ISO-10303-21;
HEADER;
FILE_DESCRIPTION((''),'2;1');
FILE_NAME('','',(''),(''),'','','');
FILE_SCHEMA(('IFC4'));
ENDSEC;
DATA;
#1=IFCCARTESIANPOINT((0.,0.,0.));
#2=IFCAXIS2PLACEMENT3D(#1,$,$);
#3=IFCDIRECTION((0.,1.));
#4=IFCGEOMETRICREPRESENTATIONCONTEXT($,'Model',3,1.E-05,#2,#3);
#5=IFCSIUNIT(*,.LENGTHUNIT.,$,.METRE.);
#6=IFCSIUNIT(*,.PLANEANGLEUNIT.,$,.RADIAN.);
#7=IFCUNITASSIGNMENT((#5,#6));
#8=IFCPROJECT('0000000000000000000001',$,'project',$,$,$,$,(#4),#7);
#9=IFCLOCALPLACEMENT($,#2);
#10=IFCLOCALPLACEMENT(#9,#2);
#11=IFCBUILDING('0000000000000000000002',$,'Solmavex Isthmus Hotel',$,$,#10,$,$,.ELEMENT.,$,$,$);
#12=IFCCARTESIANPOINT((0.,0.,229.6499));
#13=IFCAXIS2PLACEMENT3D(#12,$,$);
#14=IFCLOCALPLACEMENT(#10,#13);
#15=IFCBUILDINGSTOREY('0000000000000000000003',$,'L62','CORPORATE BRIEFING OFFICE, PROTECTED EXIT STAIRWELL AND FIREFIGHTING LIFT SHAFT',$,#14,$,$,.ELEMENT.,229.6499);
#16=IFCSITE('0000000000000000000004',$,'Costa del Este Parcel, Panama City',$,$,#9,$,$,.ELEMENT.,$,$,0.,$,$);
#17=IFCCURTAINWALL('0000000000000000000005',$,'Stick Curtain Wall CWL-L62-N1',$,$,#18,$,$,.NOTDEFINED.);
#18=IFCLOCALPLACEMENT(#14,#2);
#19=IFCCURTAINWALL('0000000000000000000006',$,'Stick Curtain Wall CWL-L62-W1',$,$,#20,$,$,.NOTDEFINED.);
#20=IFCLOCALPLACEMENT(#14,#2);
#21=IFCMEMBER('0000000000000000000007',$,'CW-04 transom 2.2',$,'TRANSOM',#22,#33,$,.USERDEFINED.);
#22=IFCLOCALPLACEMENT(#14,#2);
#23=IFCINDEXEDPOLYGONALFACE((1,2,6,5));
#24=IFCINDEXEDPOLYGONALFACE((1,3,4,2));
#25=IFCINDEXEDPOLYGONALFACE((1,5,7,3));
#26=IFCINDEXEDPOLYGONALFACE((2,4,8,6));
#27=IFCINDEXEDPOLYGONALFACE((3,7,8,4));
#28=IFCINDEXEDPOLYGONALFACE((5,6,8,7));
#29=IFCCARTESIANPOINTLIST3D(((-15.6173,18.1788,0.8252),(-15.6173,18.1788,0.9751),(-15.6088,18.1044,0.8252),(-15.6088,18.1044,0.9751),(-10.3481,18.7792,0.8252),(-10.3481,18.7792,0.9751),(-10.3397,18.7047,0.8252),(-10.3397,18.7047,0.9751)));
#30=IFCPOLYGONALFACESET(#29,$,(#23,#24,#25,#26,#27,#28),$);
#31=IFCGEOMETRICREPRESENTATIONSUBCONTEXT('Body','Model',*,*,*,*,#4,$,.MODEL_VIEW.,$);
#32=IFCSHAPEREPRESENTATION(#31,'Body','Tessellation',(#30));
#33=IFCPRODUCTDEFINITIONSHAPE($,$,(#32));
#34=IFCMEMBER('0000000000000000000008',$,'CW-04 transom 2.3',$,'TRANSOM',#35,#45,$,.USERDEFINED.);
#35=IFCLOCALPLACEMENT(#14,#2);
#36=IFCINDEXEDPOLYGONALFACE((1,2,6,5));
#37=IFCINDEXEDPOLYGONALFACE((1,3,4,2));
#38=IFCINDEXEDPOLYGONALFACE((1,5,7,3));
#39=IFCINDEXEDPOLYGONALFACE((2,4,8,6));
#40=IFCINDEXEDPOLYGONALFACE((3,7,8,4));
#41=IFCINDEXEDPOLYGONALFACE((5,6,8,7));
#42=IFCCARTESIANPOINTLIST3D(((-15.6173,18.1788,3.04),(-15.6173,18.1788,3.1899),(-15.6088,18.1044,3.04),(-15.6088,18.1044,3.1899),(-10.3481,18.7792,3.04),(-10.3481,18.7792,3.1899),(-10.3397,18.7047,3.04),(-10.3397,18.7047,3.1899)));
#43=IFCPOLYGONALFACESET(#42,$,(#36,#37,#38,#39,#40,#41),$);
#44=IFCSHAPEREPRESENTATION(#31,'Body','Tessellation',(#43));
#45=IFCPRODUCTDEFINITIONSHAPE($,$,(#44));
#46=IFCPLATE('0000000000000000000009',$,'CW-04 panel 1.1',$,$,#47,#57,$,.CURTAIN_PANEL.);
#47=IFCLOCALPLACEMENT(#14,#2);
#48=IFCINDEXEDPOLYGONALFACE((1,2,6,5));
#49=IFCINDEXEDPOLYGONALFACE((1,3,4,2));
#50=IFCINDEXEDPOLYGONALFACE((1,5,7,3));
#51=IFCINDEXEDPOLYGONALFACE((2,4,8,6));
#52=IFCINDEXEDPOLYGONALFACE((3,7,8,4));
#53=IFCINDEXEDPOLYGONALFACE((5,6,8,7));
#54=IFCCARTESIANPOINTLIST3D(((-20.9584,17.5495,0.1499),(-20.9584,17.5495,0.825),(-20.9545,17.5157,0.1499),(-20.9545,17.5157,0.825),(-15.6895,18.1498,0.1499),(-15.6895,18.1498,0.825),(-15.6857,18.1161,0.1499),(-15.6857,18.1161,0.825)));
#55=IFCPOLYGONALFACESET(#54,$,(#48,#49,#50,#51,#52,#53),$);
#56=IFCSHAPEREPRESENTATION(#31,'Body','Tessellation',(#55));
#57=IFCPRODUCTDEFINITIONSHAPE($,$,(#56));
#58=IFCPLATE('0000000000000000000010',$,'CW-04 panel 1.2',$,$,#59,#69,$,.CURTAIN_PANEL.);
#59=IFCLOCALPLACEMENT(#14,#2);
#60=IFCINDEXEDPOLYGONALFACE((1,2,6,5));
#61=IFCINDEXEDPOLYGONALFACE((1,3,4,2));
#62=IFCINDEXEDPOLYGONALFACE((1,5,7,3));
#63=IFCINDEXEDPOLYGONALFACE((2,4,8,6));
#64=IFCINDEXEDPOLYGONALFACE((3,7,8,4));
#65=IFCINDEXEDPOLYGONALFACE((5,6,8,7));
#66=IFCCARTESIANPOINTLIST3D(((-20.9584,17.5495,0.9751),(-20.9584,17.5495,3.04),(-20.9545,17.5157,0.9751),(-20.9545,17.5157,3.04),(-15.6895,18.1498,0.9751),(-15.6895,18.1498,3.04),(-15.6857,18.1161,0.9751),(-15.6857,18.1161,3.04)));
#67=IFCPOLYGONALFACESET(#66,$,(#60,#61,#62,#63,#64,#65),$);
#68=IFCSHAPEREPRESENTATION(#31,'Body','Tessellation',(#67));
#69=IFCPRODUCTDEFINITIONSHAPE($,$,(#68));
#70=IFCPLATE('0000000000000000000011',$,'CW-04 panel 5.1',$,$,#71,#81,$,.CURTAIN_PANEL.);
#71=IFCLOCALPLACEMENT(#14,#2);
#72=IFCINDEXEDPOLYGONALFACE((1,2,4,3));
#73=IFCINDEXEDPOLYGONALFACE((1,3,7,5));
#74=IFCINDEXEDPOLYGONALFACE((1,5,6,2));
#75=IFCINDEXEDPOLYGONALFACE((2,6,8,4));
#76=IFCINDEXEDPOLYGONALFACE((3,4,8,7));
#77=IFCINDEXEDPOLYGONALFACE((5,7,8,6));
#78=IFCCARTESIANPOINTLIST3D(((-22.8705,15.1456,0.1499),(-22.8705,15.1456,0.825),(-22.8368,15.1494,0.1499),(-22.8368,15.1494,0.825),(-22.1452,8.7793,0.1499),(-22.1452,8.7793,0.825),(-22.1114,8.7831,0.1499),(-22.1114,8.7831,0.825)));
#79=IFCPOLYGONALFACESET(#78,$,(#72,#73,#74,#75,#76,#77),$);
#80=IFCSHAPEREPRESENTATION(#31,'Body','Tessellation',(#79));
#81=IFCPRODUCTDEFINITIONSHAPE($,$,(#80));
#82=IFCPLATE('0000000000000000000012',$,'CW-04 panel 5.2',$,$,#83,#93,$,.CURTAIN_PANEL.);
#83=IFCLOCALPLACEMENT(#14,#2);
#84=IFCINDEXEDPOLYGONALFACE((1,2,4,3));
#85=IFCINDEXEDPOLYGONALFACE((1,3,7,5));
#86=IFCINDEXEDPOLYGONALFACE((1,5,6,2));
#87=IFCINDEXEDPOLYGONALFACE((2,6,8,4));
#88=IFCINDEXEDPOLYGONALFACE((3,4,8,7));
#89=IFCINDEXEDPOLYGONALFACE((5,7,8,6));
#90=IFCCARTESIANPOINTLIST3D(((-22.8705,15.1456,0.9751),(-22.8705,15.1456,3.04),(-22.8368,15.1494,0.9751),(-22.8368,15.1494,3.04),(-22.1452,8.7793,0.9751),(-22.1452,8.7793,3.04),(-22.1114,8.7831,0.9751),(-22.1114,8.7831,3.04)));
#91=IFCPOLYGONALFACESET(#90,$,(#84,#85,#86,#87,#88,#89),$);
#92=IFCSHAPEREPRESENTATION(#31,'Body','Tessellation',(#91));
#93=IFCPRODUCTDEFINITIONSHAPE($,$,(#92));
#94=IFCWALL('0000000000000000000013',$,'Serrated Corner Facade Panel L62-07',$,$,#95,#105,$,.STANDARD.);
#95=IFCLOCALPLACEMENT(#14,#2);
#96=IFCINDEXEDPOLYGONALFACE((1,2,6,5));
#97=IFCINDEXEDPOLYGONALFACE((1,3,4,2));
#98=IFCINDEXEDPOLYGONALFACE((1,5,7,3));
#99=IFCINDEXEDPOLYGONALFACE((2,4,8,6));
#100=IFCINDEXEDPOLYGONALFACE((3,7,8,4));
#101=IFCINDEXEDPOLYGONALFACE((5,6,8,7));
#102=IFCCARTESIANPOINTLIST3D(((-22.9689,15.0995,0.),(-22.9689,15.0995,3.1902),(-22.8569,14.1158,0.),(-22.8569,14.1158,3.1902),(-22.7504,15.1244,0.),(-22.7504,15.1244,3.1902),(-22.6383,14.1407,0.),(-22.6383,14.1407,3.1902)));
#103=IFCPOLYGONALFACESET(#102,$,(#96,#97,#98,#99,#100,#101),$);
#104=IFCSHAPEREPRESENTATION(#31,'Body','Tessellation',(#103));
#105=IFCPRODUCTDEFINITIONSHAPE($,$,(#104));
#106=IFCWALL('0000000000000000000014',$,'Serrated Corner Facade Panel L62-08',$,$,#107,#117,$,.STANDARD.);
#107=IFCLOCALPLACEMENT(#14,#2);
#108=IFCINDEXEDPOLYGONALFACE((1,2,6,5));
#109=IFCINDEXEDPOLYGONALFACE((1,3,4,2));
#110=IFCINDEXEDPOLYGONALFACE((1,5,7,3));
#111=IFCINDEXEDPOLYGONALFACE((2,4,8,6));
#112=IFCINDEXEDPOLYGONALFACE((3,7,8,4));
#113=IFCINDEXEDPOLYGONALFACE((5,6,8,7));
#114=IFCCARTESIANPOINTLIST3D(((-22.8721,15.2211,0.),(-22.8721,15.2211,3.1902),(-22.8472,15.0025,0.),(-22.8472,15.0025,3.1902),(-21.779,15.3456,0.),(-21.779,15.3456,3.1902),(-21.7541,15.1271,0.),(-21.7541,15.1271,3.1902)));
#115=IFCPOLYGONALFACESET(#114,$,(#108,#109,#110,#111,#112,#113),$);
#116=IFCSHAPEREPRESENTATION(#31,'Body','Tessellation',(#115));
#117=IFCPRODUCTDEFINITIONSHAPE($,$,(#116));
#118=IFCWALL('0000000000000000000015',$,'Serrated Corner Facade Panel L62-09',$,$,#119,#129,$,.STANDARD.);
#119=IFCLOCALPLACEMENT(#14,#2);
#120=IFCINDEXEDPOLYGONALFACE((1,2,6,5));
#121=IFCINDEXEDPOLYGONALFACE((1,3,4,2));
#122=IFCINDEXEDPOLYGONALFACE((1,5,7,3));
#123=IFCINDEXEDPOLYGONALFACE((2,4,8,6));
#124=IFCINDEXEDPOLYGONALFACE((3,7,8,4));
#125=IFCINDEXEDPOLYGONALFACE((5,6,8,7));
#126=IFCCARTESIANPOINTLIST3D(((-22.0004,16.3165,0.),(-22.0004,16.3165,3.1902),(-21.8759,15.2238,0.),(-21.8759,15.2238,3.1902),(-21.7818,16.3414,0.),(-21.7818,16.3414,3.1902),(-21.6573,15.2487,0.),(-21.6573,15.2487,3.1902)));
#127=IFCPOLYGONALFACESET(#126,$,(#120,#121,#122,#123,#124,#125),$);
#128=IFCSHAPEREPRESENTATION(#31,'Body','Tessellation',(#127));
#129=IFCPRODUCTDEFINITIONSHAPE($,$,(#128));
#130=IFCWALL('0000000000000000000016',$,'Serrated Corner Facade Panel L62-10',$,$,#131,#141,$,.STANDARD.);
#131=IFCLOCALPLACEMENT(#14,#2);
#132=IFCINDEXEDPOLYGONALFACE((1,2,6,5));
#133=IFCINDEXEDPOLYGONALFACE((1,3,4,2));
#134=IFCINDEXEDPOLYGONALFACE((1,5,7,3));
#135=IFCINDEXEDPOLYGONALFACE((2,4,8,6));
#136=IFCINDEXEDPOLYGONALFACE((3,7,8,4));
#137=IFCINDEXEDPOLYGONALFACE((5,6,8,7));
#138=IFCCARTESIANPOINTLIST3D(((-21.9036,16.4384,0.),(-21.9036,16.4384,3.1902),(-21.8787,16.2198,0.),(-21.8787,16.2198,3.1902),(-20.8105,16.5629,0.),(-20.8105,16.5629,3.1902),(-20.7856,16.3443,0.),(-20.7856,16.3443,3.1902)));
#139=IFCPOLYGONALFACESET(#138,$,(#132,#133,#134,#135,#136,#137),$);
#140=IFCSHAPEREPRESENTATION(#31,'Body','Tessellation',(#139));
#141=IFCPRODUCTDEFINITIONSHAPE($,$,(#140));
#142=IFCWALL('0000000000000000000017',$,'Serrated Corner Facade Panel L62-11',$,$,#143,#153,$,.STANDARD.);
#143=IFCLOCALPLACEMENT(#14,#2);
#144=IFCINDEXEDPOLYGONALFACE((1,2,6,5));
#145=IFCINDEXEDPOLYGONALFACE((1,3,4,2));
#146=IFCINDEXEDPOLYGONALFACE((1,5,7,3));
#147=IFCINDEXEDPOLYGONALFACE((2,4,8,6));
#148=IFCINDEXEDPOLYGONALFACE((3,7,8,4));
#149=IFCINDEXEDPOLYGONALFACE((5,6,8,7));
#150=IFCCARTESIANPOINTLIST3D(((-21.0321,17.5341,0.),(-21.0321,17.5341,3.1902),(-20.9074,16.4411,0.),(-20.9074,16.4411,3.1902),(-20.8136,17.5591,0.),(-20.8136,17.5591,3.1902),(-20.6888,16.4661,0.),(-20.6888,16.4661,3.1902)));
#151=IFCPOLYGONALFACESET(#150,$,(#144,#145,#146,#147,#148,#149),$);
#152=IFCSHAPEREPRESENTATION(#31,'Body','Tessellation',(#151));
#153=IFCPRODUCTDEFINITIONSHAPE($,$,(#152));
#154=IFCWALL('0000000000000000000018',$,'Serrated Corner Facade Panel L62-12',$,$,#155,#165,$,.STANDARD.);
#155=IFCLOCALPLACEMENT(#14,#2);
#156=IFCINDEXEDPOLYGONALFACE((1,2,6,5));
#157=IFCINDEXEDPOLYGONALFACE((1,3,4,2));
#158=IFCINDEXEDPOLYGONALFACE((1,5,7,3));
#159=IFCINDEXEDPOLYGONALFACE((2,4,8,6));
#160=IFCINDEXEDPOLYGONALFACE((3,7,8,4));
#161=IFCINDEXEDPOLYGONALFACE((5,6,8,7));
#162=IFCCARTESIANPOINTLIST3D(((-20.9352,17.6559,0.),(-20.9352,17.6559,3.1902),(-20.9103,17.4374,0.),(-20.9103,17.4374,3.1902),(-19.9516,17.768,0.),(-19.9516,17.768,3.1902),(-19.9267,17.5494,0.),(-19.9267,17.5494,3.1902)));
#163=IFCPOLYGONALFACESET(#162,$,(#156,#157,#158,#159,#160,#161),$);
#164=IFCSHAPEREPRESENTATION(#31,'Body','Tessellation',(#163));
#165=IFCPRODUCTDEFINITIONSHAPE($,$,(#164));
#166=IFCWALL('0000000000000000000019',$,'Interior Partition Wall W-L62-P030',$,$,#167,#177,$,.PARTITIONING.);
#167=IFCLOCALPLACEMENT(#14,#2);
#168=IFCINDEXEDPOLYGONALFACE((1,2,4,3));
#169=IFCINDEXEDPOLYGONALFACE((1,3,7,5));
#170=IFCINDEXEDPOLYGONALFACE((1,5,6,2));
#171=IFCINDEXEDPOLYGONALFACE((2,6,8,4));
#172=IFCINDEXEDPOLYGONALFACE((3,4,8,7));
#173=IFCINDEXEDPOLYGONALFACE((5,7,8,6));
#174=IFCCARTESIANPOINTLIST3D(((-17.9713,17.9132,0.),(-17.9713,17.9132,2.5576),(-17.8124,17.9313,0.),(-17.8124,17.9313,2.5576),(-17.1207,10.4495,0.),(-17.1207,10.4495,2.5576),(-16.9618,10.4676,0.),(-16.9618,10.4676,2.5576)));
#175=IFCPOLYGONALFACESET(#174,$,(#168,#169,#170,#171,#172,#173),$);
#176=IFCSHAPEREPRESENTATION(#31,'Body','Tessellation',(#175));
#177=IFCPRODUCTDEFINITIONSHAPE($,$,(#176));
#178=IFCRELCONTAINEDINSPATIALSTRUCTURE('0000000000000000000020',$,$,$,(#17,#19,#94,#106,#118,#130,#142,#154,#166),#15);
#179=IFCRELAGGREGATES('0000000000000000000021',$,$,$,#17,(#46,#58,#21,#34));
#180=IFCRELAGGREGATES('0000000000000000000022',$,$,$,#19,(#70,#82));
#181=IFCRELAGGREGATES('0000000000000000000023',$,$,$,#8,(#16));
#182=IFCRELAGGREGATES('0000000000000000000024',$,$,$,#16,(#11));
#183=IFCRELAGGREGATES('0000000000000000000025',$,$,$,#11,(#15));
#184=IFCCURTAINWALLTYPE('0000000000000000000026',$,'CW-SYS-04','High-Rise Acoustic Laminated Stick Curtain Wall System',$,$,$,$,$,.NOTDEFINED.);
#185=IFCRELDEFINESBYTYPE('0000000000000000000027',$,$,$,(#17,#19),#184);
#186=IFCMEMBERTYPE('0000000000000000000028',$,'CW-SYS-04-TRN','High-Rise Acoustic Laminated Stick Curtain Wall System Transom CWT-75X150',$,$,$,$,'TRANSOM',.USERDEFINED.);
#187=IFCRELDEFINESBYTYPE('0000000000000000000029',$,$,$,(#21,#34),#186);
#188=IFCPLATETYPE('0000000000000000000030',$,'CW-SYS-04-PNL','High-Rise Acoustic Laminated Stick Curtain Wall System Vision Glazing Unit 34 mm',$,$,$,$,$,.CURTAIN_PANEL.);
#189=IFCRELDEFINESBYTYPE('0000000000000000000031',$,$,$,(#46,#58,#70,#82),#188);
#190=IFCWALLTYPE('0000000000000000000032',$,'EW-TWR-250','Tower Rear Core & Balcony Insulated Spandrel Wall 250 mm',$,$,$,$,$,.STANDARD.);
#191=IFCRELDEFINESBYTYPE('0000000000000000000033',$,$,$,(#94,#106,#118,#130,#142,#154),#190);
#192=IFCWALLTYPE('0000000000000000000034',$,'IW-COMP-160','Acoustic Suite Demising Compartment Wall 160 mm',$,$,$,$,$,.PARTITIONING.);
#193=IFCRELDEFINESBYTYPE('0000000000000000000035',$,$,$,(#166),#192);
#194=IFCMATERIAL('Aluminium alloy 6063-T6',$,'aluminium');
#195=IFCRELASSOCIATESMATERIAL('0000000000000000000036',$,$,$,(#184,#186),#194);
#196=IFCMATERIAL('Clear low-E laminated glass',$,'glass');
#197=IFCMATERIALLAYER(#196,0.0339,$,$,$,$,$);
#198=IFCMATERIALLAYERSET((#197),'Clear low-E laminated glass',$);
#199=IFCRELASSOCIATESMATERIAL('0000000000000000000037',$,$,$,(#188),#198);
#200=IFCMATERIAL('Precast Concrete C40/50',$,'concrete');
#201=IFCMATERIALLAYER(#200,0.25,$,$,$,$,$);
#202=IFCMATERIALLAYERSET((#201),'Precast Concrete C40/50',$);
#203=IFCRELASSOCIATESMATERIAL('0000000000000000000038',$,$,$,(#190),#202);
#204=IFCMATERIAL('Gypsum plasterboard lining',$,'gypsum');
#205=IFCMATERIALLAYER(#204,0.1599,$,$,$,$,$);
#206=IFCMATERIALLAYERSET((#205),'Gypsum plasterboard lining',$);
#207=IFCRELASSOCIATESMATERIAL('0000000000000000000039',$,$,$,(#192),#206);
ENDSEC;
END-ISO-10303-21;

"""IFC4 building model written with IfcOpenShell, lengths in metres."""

from ifc_helpers import new_model, si_unit, direction, frame, frame_2d, origin, origin_2d, place, context, subcontext, project, spatial, rectangle, extrude, material, layer, layer_set, material_profile, profile_set, type_object, element, aggregate, save


model = new_model("IFC4")

# Units and contexts
model_context = context("Model", 3, precision=1e-05, world=origin(), true_north=direction((0.0, 1.0)))
body_context = subcontext(model_context, "Body", "Model", "MODEL_VIEW")
ifc_project = project(units=[si_unit("LENGTHUNIT", "METRE"), si_unit("PLANEANGLEUNIT", "RADIAN")], contexts=[model_context])

# Site, building, storey
site_placement = place(None, origin())
site = spatial("IfcSite", under=ifc_project, at=site_placement, Name="Costa del Este Parcel, Panama City", CompositionType="ELEMENT", RefElevation=0.0)
building_placement = place(site_placement, origin())
building = spatial("IfcBuilding", under=site, at=building_placement, Name="Solmavex Isthmus Hotel", CompositionType="ELEMENT")
storey_placement = place(building_placement, frame((0.0, 0.0, 229.6499)))
storey = spatial("IfcBuildingStorey", under=building, at=storey_placement, Name="L62", Description="CORPORATE BRIEFING OFFICE, PROTECTED EXIT STAIRWELL AND FIREFIGHTING LIFT SHAFT", CompositionType="ELEMENT", Elevation=229.6499)

# Curtain wall
ifc_material_1 = material(Name="Aluminium alloy 6063-T6", Category="aluminium")
curtain_wall_type = type_object("IfcCurtainWallType", Name="CW-SYS-04", Description="High-Rise Acoustic Laminated Stick Curtain Wall System", PredefinedType="NOTDEFINED", material=ifc_material_1)
curtain_wall_1_placement = place(storey_placement, origin())
curtain_wall_1 = element("IfcCurtainWall", 1, at=curtain_wall_1_placement, inside=storey, type_object=curtain_wall_type, Name="Stick Curtain Wall CWL-L62-N1", PredefinedType="NOTDEFINED")

# Curtain wall
curtain_wall_2_placement = place(storey_placement, origin())
curtain_wall_2 = element("IfcCurtainWall", 2, at=curtain_wall_2_placement, inside=storey, type_object=curtain_wall_type, Name="Stick Curtain Wall CWL-L62-W1", PredefinedType="NOTDEFINED")

# Members
ifc_material_profile_1 = material_profile(ifc_material_1, rectangle(XDim=0.075, YDim=0.1499, at=origin_2d()), Name="CWT-75X150")
ifc_profile_set_1 = profile_set([ifc_material_profile_1], Name="Aluminium alloy 6063-T6")
member_type_1 = type_object("IfcMemberType", Name="CW-SYS-04-TRN", Description="High-Rise Acoustic Laminated Stick Curtain Wall System Transom CWT-75X150", ElementType="TRANSOM", PredefinedType="USERDEFINED", material=ifc_profile_set_1)
member_1_placement = place(storey_placement, frame((-15.613, 18.1416, 0.9001), z_axis=(0.993572, 0.113205, 0.0), x_axis=(-0.113205, 0.993572, 0.0)))
member_1 = element("IfcMember", 3, at=member_1_placement, type_object=member_type_1, Name="CW-04 transom 2.2", ObjectType="TRANSOM", PredefinedType="USERDEFINED", context=body_context, shape_type="SweptSolid", body=[
    extrude(rectangle(XDim=0.075, YDim=0.1499, at=origin_2d()), origin(), (0.0, 0.0, 1.0), 5.3032),
])
member_2_placement = place(storey_placement, frame((-15.613, 18.1416, 3.115), z_axis=(0.993572, 0.113205, 0.0), x_axis=(-0.113205, 0.993572, 0.0)))
member_2 = element("IfcMember", 4, at=member_2_placement, type_object=member_type_1, Name="CW-04 transom 2.3", ObjectType="TRANSOM", PredefinedType="USERDEFINED", context=body_context, shape_type="SweptSolid", body=[
    extrude(rectangle(XDim=0.075, YDim=0.1499, at=origin_2d()), origin(), (0.0, 0.0, 1.0), 5.3032),
])

# Plates
ifc_material_2 = material(Name="Clear low-E laminated glass", Category="glass")
ifc_layer_1 = layer(ifc_material_2, 0.0339)
ifc_layer_set_1 = layer_set([ifc_layer_1], Name="Clear low-E laminated glass")
plate_type = type_object("IfcPlateType", Name="CW-SYS-04-PNL", Description="High-Rise Acoustic Laminated Stick Curtain Wall System Vision Glazing Unit 34 mm", PredefinedType="CURTAIN_PANEL", material=ifc_layer_set_1)
plate_1_placement = place(storey_placement, frame((-18.322, 17.8328, 0.1499), z_axis=(0.0, 0.0, 1.0), x_axis=(0.993572, 0.113203, 0.0)))
plate_1 = element("IfcPlate", 5, at=plate_1_placement, type_object=plate_type, Name="CW-04 panel 1.1", PredefinedType="CURTAIN_PANEL", context=body_context, shape_type="SweptSolid", body=[
    extrude(rectangle(XDim=5.303, YDim=0.0339, at=origin_2d()), origin(), (0.0, 0.0, 1.0), 0.675),
])
plate_2_placement = place(storey_placement, frame((-18.322, 17.8328, 0.9751), z_axis=(0.0, 0.0, 1.0), x_axis=(0.993572, 0.113203, 0.0)))
plate_2 = element("IfcPlate", 6, at=plate_2_placement, type_object=plate_type, Name="CW-04 panel 1.2", PredefinedType="CURTAIN_PANEL", context=body_context, shape_type="SweptSolid", body=[
    extrude(rectangle(XDim=5.303, YDim=0.0339, at=origin_2d()), origin(), (0.0, 0.0, 1.0), 2.0649),
])
aggregate(curtain_wall_1, [plate_1, plate_2, member_1, member_2])
plate_3_placement = place(storey_placement, frame((-22.491, 11.9644, 0.1499), z_axis=(0.0, 0.0, 1.0), x_axis=(-0.113203, 0.993572, 0.0)))
plate_3 = element("IfcPlate", 7, at=plate_3_placement, type_object=plate_type, Name="CW-04 panel 5.1", PredefinedType="CURTAIN_PANEL", context=body_context, shape_type="SweptSolid", body=[
    extrude(rectangle(XDim=6.4075, YDim=0.0339, at=origin_2d()), origin(), (0.0, 0.0, 1.0), 0.675),
])
plate_4_placement = place(storey_placement, frame((-22.491, 11.9644, 0.9751), z_axis=(0.0, 0.0, 1.0), x_axis=(-0.113203, 0.993572, 0.0)))
plate_4 = element("IfcPlate", 8, at=plate_4_placement, type_object=plate_type, Name="CW-04 panel 5.2", PredefinedType="CURTAIN_PANEL", context=body_context, shape_type="SweptSolid", body=[
    extrude(rectangle(XDim=6.4075, YDim=0.0339, at=origin_2d()), origin(), (0.0, 0.0, 1.0), 2.0649),
])
aggregate(curtain_wall_2, [plate_3, plate_4])

# Walls
ifc_material_3 = material(Name="Precast Concrete C40/50", Category="concrete")
ifc_layer_2 = layer(ifc_material_3, 0.25)
ifc_layer_set_2 = layer_set([ifc_layer_2], Name="Precast Concrete C40/50")
wall_type_1 = type_object("IfcWallType", Name="EW-TWR-250", Description="Tower Rear Core & Balcony Insulated Spandrel Wall 250 mm", PredefinedType="STANDARD", material=ifc_layer_set_2)
wall_1_placement = place(storey_placement, frame((-22.7476, 14.1282, 0.0), z_axis=(0.0, 0.0, 1.0), x_axis=(-0.113192, 0.993573, 0.0)))
element("IfcWall", 9, at=wall_1_placement, inside=storey, type_object=wall_type_1, Name="Serrated Corner Facade Panel L62-07", PredefinedType="STANDARD", context=body_context, shape_type="SweptSolid", body=[
    extrude(rectangle(XDim=0.99, YDim=0.22, at=frame_2d((0.4951, 0.0))), origin(), (0.0, 0.0, 1.0), 3.1902),
])
wall_2_placement = place(storey_placement, frame((-22.8596, 15.1118, 0.0), z_axis=(0.0, 0.0, 1.0), x_axis=(0.993574, 0.113184, 0.0)))
element("IfcWall", 10, at=wall_2_placement, inside=storey, type_object=wall_type_1, Name="Serrated Corner Facade Panel L62-08", PredefinedType="STANDARD", context=body_context, shape_type="SweptSolid", body=[
    extrude(rectangle(XDim=1.1001, YDim=0.22, at=frame_2d((0.55, 0.0))), origin(), (0.0, 0.0, 1.0), 3.1902),
])
wall_3_placement = place(storey_placement, frame((-21.7666, 15.2363, 0.0), z_axis=(0.0, 0.0, 1.0), x_axis=(-0.113209, 0.993571, 0.0)))
element("IfcWall", 11, at=wall_3_placement, inside=storey, type_object=wall_type_1, Name="Serrated Corner Facade Panel L62-09", PredefinedType="STANDARD", context=body_context, shape_type="SweptSolid", body=[
    extrude(rectangle(XDim=1.0999, YDim=0.22, at=frame_2d((0.5498, 0.0))), origin(), (0.0, 0.0, 1.0), 3.1902),
])
for number, where, z_axis, x_axis, name in (
    (12, (-21.8911, 16.3291, 0.0), (0.0, 0.0, 1.0), (0.993574, 0.113184, 0.0), "Serrated Corner Facade Panel L62-10"),
    (13, (-20.7981, 16.4536, 0.0), (0.0, 0.0, 1.0), (-0.113403, 0.993549, 0.0), "Serrated Corner Facade Panel L62-11"),
):
    element("IfcWall", number, at=place(storey_placement, frame(where, z_axis=z_axis, x_axis=x_axis)), inside=storey, type_object=wall_type_1, Name=name, PredefinedType="STANDARD", context=body_context, shape_type="SweptSolid", body=[
        extrude(rectangle(XDim=1.1001, YDim=0.22, at=frame_2d((0.55, 0.0))), origin(), (0.0, 0.0, 1.0), 3.1902),
    ])
wall_4_placement = place(storey_placement, frame((-20.9229, 17.5466, 0.0), z_axis=(0.0, 0.0, 1.0), x_axis=(0.993573, 0.113192, 0.0)))
element("IfcWall", 14, at=wall_4_placement, inside=storey, type_object=wall_type_1, Name="Serrated Corner Facade Panel L62-12", PredefinedType="STANDARD", context=body_context, shape_type="SweptSolid", body=[
    extrude(rectangle(XDim=0.99, YDim=0.22, at=frame_2d((0.4951, 0.0))), origin(), (0.0, 0.0, 1.0), 3.1902),
])

# Shared definitions
ifc_material_4 = material(Name="Gypsum plasterboard lining", Category="gypsum")
ifc_layer_3 = layer(ifc_material_4, 0.1599)
ifc_layer_set_3 = layer_set([ifc_layer_3], Name="Gypsum plasterboard lining")
wall_type_2 = type_object("IfcWallType", Name="IW-COMP-160", Description="Acoustic Suite Demising Compartment Wall 160 mm", PredefinedType="PARTITIONING", material=ifc_layer_set_3)

# Wall
wall_5_placement = place(storey_placement, frame((-17.8918, 17.9221, 0.0), z_axis=(0.0, 0.0, 1.0), x_axis=(0.113231, -0.993569, 0.0)))
element("IfcWall", 15, at=wall_5_placement, inside=storey, type_object=wall_type_2, Name="Interior Partition Wall W-L62-P030", PredefinedType="PARTITIONING", context=body_context, shape_type="SweptSolid", body=[
    extrude(rectangle(XDim=7.512, YDim=0.1599, at=frame_2d((3.7559, 0.0))), origin(), (0.0, 0.0, 1.0), 2.5576),
])

save(model, "model.ifc")
